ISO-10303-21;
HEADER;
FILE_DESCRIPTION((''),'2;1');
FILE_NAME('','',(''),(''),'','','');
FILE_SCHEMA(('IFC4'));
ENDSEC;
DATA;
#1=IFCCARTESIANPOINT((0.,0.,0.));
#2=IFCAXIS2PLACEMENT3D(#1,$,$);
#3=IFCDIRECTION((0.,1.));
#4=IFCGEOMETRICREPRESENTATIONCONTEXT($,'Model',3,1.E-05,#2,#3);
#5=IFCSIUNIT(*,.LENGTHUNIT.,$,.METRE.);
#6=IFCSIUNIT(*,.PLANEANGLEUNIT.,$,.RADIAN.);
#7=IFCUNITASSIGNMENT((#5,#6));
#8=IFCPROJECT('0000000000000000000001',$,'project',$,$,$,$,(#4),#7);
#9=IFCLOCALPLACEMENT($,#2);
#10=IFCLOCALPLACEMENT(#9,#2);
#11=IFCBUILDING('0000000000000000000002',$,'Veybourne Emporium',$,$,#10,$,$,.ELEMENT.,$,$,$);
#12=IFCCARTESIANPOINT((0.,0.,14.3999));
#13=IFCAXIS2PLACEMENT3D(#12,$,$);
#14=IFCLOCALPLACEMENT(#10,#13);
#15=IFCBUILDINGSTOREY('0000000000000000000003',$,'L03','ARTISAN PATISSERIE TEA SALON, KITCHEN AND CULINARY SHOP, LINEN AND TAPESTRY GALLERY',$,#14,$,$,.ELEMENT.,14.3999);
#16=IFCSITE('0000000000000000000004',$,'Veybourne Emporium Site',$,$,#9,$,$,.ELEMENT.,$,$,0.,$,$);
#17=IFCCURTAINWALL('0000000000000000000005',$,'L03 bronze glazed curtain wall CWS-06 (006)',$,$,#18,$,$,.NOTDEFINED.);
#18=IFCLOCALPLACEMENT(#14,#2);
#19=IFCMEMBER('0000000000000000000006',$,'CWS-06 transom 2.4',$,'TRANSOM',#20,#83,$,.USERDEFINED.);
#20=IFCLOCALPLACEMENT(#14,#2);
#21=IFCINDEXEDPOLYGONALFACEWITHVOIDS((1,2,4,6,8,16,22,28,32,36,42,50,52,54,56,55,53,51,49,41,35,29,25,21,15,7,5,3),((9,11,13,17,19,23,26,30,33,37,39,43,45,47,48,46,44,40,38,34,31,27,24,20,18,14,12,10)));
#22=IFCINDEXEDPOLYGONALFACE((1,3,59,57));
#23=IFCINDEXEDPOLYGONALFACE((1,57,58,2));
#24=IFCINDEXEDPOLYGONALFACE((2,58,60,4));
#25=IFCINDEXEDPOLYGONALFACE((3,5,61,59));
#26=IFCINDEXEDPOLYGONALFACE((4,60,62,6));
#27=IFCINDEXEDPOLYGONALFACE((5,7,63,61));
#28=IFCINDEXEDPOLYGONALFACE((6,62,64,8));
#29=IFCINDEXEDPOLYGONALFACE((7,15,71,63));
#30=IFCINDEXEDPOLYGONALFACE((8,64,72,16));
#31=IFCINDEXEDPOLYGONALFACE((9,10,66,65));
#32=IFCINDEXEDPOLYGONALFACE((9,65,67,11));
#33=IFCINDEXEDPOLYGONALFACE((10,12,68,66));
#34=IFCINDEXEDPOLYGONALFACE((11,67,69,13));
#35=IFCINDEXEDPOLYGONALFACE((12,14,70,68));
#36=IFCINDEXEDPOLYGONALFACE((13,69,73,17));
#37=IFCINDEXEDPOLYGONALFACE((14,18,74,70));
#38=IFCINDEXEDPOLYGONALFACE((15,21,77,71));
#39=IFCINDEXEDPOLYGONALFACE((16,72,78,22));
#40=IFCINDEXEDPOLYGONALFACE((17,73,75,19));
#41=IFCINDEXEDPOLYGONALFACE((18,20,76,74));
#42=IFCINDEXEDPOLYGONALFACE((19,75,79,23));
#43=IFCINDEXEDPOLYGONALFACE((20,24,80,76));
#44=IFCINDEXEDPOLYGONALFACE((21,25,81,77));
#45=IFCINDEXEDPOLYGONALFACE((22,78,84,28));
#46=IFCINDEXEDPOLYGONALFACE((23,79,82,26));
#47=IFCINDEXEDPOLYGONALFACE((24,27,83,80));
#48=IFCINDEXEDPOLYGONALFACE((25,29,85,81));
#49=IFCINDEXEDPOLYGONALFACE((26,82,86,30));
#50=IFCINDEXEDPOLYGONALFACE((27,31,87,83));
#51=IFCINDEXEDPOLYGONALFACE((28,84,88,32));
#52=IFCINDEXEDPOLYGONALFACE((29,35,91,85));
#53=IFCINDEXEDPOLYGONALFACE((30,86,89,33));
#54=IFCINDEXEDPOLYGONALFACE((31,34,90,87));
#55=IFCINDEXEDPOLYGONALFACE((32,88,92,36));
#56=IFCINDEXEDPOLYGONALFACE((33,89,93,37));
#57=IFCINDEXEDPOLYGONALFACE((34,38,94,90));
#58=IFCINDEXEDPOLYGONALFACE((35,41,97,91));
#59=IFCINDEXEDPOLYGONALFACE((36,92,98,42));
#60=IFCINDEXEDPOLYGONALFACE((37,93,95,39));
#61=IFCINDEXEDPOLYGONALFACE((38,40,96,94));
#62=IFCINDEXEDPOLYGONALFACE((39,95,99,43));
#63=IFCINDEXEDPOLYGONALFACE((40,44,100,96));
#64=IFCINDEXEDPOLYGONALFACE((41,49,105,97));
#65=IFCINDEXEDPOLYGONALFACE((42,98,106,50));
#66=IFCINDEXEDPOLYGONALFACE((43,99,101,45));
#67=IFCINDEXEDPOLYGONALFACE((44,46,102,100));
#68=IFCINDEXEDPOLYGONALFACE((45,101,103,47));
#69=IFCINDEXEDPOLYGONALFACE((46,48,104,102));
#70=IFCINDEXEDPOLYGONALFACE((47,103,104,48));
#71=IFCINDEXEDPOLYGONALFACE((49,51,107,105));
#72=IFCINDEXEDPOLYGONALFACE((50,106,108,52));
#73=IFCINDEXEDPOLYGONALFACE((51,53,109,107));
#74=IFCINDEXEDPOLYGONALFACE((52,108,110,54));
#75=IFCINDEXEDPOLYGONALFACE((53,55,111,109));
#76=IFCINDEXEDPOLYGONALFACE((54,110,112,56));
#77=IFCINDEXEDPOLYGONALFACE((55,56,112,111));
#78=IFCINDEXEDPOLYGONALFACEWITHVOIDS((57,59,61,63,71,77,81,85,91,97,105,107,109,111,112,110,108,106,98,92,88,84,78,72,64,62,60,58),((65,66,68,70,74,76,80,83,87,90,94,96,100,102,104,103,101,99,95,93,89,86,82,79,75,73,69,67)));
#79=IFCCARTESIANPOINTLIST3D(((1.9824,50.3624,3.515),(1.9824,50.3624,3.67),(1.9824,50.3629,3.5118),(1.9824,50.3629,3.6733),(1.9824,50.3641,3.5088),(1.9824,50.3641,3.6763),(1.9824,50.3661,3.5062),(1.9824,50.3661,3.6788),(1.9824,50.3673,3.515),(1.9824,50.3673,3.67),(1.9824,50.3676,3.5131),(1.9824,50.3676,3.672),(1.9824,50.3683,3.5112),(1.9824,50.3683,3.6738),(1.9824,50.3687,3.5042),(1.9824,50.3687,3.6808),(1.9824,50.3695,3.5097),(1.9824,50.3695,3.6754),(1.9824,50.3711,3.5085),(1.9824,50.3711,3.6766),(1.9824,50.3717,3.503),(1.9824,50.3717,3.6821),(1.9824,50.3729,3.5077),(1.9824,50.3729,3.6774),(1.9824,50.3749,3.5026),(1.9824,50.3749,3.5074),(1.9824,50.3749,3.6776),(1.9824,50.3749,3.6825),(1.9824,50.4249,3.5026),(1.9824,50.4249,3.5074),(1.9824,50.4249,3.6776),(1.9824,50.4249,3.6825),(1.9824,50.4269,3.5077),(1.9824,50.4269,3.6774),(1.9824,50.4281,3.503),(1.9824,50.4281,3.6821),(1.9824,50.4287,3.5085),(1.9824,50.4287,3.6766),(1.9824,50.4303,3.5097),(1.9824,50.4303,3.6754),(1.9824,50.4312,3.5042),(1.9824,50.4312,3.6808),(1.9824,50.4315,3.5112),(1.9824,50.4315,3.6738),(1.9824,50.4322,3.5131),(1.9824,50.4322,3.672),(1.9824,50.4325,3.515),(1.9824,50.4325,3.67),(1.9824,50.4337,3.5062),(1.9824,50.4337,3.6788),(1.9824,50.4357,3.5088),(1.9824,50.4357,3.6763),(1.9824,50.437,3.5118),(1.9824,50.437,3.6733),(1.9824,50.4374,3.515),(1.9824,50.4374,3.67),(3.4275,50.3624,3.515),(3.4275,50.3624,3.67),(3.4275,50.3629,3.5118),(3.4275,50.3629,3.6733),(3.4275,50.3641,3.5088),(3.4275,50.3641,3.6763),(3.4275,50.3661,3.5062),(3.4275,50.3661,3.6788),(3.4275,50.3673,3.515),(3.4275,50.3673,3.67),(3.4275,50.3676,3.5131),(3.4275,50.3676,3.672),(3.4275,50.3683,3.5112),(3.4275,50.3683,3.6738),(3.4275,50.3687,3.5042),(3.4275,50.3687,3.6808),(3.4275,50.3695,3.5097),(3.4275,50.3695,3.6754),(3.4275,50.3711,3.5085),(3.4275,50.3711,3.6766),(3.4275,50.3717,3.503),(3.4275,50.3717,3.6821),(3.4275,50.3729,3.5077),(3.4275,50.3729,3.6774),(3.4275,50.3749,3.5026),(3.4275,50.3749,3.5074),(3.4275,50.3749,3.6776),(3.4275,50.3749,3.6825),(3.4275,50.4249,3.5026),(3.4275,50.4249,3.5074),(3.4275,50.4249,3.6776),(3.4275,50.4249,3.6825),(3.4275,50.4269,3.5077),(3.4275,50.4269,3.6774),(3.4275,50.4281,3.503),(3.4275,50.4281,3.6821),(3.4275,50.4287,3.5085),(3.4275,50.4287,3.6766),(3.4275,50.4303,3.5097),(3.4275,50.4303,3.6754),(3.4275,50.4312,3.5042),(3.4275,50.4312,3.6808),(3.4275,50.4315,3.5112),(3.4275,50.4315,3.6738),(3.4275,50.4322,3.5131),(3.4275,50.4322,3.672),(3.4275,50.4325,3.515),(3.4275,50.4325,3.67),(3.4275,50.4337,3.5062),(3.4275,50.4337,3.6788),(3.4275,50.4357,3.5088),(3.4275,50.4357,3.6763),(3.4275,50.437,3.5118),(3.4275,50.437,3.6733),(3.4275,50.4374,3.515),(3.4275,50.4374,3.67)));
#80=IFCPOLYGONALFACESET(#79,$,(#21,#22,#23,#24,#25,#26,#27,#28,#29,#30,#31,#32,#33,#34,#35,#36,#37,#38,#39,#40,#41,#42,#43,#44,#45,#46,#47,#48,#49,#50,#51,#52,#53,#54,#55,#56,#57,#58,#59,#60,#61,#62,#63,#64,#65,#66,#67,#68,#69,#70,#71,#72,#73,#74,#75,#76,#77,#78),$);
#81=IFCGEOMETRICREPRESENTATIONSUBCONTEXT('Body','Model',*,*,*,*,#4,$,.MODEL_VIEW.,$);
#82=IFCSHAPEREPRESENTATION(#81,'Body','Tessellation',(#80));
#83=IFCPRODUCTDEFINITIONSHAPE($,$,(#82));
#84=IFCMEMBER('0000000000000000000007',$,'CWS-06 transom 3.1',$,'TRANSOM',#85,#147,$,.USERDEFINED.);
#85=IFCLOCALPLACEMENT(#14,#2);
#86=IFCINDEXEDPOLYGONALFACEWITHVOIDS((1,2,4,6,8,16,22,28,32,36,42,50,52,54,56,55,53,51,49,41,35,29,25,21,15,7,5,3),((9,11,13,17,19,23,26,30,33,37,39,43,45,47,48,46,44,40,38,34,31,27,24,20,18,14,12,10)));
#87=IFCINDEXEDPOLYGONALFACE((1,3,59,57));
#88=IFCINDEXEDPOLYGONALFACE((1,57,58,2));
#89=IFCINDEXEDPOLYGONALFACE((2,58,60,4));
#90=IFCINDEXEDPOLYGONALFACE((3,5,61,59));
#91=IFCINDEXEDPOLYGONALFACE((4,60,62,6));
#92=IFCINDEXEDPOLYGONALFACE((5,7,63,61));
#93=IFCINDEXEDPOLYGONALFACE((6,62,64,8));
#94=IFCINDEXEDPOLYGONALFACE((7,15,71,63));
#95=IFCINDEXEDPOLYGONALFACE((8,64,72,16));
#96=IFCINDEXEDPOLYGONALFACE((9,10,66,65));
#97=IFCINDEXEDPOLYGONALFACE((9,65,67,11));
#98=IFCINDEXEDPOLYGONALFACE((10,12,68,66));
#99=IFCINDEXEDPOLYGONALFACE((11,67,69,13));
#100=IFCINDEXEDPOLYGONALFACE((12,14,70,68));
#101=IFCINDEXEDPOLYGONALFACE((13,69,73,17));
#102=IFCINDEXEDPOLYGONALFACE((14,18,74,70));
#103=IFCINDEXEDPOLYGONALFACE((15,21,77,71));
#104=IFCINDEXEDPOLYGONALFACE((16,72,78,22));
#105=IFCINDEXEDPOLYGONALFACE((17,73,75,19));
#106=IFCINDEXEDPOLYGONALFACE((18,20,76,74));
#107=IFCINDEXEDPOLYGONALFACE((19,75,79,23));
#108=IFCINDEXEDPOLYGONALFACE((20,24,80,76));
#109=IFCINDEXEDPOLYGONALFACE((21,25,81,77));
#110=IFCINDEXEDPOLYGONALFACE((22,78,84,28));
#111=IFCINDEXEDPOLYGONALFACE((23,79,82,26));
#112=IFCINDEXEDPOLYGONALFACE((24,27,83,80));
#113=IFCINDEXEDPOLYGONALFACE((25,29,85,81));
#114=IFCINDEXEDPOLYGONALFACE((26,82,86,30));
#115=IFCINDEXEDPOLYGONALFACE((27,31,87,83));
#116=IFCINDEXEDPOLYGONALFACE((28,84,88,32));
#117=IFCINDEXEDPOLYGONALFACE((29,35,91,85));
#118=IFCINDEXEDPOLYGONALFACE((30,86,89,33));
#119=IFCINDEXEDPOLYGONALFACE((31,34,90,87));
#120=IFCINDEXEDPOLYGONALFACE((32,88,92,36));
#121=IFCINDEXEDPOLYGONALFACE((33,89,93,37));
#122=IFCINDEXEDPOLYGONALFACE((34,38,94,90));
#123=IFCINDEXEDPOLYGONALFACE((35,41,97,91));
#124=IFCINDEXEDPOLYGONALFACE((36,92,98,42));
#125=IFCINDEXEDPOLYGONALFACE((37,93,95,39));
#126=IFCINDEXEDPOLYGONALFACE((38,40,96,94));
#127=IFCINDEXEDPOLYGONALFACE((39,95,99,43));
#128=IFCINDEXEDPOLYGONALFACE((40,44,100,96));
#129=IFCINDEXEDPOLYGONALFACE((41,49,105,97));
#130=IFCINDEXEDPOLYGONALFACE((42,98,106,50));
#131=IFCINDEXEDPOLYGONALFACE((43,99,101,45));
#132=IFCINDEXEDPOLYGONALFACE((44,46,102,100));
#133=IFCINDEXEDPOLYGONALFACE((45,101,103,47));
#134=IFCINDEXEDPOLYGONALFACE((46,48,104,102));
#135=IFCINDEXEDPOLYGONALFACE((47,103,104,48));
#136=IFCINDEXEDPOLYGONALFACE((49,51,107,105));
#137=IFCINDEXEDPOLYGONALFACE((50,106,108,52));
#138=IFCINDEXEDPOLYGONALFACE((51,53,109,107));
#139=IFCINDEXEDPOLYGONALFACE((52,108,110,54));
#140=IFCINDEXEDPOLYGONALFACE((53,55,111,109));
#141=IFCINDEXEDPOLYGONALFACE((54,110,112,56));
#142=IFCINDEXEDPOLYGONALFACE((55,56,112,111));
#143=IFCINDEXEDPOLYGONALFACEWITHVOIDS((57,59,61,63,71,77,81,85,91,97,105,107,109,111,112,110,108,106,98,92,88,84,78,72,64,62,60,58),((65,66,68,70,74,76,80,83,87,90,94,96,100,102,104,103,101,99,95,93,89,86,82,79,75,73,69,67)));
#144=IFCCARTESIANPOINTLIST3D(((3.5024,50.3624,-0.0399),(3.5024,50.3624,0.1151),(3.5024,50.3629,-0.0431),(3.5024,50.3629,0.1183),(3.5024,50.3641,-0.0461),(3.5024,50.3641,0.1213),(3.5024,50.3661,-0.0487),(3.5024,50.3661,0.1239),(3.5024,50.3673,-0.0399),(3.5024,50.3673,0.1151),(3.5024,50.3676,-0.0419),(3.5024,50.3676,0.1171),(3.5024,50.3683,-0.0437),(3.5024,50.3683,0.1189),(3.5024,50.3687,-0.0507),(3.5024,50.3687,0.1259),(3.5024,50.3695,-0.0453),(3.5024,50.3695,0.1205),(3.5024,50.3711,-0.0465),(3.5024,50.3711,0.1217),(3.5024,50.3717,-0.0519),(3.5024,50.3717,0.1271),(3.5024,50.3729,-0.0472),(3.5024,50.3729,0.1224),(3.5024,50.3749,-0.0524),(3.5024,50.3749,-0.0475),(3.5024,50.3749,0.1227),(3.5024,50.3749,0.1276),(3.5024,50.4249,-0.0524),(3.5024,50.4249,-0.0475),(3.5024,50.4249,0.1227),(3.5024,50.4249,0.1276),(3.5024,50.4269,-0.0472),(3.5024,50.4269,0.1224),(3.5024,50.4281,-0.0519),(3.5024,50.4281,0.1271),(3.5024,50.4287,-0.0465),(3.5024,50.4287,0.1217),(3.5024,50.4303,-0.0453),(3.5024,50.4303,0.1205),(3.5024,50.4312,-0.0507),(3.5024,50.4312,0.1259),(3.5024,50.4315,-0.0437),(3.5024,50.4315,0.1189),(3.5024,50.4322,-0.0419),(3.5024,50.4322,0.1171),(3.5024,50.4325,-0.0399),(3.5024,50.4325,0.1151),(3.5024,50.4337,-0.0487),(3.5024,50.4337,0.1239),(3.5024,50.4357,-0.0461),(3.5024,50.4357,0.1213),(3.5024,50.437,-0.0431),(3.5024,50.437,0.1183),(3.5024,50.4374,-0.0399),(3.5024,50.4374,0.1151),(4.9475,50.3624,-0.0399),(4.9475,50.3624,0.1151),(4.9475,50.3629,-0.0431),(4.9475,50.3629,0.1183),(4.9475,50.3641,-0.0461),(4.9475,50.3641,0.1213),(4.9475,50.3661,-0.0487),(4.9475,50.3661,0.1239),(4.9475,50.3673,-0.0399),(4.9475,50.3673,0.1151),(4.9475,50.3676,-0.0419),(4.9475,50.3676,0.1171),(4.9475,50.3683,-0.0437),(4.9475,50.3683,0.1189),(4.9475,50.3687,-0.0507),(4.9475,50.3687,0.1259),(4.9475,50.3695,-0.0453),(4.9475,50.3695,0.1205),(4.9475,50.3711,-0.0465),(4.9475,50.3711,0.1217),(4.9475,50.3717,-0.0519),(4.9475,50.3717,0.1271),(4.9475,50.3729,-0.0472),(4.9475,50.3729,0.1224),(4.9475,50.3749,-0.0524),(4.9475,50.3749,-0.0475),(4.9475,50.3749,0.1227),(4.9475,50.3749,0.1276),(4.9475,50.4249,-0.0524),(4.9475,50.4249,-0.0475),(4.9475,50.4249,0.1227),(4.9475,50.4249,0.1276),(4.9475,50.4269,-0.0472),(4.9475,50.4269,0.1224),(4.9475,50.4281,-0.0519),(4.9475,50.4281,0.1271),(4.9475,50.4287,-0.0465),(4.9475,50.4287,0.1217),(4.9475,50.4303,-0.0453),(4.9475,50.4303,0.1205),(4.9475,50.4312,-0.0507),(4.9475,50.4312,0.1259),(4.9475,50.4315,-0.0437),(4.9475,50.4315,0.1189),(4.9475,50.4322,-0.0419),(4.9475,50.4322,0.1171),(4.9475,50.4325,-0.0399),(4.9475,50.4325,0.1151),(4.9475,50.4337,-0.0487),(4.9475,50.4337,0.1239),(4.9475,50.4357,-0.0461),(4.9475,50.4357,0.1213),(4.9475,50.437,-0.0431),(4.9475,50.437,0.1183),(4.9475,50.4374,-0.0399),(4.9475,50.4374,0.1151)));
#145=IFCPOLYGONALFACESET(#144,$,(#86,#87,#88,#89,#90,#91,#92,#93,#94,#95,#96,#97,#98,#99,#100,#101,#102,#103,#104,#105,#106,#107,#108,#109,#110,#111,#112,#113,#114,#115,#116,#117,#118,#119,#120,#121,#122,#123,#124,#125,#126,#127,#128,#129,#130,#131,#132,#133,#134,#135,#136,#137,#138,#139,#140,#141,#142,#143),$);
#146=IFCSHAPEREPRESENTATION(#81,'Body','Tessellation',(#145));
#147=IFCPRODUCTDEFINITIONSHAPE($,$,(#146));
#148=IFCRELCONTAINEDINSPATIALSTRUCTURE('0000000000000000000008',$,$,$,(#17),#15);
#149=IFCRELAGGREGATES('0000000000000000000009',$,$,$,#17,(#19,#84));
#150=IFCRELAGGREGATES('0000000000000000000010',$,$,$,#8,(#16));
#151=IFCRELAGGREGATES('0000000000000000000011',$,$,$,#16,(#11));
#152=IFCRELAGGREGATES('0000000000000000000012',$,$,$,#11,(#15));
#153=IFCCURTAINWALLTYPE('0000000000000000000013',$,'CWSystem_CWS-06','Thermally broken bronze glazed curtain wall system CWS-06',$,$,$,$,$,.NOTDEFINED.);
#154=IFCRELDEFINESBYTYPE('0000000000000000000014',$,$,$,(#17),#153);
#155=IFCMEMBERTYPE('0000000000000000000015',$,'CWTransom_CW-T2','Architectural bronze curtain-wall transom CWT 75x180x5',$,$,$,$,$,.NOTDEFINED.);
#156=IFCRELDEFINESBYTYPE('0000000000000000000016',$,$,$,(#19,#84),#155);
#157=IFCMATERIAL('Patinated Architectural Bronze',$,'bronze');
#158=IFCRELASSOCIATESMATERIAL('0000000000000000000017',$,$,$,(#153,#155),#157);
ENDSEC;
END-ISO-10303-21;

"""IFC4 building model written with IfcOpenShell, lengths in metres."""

from ifc_helpers import new_model, si_unit, direction, frame, origin, origin_2d, place, context, subcontext, project, spatial, hollow_rectangle, extrude, material, material_profile, profile_set, type_object, element, aggregate, save


model = new_model("IFC4")

# Units and contexts
model_context = context("Model", 3, precision=1e-05, world=origin(), true_north=direction((0.0, 1.0)))
body_context = subcontext(model_context, "Body", "Model", "MODEL_VIEW")
ifc_project = project(units=[si_unit("LENGTHUNIT", "METRE"), si_unit("PLANEANGLEUNIT", "RADIAN")], contexts=[model_context])

# Site, building, storey
site_placement = place(None, origin())
site = spatial("IfcSite", under=ifc_project, at=site_placement, Name="Veybourne Emporium Site", CompositionType="ELEMENT", RefElevation=0.0)
building_placement = place(site_placement, origin())
building = spatial("IfcBuilding", under=site, at=building_placement, Name="Veybourne Emporium", CompositionType="ELEMENT")
storey_placement = place(building_placement, frame((0.0, 0.0, 14.3999)))
storey = spatial("IfcBuildingStorey", under=building, at=storey_placement, Name="L03", Description="ARTISAN PATISSERIE TEA SALON, KITCHEN AND CULINARY SHOP, LINEN AND TAPESTRY GALLERY", CompositionType="ELEMENT", Elevation=14.3999)

# Curtain wall, members
ifc_material_1 = material(Name="Patinated Architectural Bronze", Category="bronze")
curtain_wall_type = type_object("IfcCurtainWallType", Name="CWSystem_CWS-06", Description="Thermally broken bronze glazed curtain wall system CWS-06", PredefinedType="NOTDEFINED", material=ifc_material_1)
curtain_wall_placement = place(storey_placement, origin())
curtain_wall = element("IfcCurtainWall", 1, at=curtain_wall_placement, inside=storey, type_object=curtain_wall_type, Name="L03 bronze glazed curtain wall CWS-06 (006)", PredefinedType="NOTDEFINED")
ifc_material_profile_1 = material_profile(ifc_material_1, hollow_rectangle(XDim=0.075, YDim=0.1799, WallThickness=0.0049, InnerFilletRadius=0.0076, OuterFilletRadius=0.0125, at=origin_2d()), Name="CWT 75x180x5")
ifc_profile_set_1 = profile_set([ifc_material_profile_1], Name="Patinated Architectural Bronze")
member_type_1 = type_object("IfcMemberType", Name="CWTransom_CW-T2", Description="Architectural bronze curtain-wall transom CWT 75x180x5", PredefinedType="NOTDEFINED", material=ifc_profile_set_1)
member_1_placement = place(storey_placement, frame((1.9824, 50.3999, 3.5925), z_axis=(1.0, 0.0, 0.0), x_axis=(0.0, 1.0, 0.0)))
member_1 = element("IfcMember", 2, at=member_1_placement, type_object=member_type_1, Name="CWS-06 transom 2.4", ObjectType="TRANSOM", PredefinedType="USERDEFINED", context=body_context, shape_type="SweptSolid", body=[
    extrude(hollow_rectangle(XDim=0.075, YDim=0.1799, WallThickness=0.0049, InnerFilletRadius=0.0076, OuterFilletRadius=0.0125, at=origin_2d()), origin(), (0.0, 0.0, 1.0), 1.4451),
])
member_2_placement = place(storey_placement, frame((3.5024, 50.3999, 0.0376), z_axis=(1.0, 0.0, 0.0), x_axis=(0.0, 1.0, 0.0)))
member_2 = element("IfcMember", 3, at=member_2_placement, type_object=member_type_1, Name="CWS-06 transom 3.1", ObjectType="TRANSOM", PredefinedType="USERDEFINED", context=body_context, shape_type="SweptSolid", body=[
    extrude(hollow_rectangle(XDim=0.075, YDim=0.1799, WallThickness=0.0049, InnerFilletRadius=0.0076, OuterFilletRadius=0.0125, at=origin_2d()), origin(), (0.0, 0.0, 1.0), 1.4451),
])
aggregate(curtain_wall, [member_1, member_2])

save(model, "model.ifc")
